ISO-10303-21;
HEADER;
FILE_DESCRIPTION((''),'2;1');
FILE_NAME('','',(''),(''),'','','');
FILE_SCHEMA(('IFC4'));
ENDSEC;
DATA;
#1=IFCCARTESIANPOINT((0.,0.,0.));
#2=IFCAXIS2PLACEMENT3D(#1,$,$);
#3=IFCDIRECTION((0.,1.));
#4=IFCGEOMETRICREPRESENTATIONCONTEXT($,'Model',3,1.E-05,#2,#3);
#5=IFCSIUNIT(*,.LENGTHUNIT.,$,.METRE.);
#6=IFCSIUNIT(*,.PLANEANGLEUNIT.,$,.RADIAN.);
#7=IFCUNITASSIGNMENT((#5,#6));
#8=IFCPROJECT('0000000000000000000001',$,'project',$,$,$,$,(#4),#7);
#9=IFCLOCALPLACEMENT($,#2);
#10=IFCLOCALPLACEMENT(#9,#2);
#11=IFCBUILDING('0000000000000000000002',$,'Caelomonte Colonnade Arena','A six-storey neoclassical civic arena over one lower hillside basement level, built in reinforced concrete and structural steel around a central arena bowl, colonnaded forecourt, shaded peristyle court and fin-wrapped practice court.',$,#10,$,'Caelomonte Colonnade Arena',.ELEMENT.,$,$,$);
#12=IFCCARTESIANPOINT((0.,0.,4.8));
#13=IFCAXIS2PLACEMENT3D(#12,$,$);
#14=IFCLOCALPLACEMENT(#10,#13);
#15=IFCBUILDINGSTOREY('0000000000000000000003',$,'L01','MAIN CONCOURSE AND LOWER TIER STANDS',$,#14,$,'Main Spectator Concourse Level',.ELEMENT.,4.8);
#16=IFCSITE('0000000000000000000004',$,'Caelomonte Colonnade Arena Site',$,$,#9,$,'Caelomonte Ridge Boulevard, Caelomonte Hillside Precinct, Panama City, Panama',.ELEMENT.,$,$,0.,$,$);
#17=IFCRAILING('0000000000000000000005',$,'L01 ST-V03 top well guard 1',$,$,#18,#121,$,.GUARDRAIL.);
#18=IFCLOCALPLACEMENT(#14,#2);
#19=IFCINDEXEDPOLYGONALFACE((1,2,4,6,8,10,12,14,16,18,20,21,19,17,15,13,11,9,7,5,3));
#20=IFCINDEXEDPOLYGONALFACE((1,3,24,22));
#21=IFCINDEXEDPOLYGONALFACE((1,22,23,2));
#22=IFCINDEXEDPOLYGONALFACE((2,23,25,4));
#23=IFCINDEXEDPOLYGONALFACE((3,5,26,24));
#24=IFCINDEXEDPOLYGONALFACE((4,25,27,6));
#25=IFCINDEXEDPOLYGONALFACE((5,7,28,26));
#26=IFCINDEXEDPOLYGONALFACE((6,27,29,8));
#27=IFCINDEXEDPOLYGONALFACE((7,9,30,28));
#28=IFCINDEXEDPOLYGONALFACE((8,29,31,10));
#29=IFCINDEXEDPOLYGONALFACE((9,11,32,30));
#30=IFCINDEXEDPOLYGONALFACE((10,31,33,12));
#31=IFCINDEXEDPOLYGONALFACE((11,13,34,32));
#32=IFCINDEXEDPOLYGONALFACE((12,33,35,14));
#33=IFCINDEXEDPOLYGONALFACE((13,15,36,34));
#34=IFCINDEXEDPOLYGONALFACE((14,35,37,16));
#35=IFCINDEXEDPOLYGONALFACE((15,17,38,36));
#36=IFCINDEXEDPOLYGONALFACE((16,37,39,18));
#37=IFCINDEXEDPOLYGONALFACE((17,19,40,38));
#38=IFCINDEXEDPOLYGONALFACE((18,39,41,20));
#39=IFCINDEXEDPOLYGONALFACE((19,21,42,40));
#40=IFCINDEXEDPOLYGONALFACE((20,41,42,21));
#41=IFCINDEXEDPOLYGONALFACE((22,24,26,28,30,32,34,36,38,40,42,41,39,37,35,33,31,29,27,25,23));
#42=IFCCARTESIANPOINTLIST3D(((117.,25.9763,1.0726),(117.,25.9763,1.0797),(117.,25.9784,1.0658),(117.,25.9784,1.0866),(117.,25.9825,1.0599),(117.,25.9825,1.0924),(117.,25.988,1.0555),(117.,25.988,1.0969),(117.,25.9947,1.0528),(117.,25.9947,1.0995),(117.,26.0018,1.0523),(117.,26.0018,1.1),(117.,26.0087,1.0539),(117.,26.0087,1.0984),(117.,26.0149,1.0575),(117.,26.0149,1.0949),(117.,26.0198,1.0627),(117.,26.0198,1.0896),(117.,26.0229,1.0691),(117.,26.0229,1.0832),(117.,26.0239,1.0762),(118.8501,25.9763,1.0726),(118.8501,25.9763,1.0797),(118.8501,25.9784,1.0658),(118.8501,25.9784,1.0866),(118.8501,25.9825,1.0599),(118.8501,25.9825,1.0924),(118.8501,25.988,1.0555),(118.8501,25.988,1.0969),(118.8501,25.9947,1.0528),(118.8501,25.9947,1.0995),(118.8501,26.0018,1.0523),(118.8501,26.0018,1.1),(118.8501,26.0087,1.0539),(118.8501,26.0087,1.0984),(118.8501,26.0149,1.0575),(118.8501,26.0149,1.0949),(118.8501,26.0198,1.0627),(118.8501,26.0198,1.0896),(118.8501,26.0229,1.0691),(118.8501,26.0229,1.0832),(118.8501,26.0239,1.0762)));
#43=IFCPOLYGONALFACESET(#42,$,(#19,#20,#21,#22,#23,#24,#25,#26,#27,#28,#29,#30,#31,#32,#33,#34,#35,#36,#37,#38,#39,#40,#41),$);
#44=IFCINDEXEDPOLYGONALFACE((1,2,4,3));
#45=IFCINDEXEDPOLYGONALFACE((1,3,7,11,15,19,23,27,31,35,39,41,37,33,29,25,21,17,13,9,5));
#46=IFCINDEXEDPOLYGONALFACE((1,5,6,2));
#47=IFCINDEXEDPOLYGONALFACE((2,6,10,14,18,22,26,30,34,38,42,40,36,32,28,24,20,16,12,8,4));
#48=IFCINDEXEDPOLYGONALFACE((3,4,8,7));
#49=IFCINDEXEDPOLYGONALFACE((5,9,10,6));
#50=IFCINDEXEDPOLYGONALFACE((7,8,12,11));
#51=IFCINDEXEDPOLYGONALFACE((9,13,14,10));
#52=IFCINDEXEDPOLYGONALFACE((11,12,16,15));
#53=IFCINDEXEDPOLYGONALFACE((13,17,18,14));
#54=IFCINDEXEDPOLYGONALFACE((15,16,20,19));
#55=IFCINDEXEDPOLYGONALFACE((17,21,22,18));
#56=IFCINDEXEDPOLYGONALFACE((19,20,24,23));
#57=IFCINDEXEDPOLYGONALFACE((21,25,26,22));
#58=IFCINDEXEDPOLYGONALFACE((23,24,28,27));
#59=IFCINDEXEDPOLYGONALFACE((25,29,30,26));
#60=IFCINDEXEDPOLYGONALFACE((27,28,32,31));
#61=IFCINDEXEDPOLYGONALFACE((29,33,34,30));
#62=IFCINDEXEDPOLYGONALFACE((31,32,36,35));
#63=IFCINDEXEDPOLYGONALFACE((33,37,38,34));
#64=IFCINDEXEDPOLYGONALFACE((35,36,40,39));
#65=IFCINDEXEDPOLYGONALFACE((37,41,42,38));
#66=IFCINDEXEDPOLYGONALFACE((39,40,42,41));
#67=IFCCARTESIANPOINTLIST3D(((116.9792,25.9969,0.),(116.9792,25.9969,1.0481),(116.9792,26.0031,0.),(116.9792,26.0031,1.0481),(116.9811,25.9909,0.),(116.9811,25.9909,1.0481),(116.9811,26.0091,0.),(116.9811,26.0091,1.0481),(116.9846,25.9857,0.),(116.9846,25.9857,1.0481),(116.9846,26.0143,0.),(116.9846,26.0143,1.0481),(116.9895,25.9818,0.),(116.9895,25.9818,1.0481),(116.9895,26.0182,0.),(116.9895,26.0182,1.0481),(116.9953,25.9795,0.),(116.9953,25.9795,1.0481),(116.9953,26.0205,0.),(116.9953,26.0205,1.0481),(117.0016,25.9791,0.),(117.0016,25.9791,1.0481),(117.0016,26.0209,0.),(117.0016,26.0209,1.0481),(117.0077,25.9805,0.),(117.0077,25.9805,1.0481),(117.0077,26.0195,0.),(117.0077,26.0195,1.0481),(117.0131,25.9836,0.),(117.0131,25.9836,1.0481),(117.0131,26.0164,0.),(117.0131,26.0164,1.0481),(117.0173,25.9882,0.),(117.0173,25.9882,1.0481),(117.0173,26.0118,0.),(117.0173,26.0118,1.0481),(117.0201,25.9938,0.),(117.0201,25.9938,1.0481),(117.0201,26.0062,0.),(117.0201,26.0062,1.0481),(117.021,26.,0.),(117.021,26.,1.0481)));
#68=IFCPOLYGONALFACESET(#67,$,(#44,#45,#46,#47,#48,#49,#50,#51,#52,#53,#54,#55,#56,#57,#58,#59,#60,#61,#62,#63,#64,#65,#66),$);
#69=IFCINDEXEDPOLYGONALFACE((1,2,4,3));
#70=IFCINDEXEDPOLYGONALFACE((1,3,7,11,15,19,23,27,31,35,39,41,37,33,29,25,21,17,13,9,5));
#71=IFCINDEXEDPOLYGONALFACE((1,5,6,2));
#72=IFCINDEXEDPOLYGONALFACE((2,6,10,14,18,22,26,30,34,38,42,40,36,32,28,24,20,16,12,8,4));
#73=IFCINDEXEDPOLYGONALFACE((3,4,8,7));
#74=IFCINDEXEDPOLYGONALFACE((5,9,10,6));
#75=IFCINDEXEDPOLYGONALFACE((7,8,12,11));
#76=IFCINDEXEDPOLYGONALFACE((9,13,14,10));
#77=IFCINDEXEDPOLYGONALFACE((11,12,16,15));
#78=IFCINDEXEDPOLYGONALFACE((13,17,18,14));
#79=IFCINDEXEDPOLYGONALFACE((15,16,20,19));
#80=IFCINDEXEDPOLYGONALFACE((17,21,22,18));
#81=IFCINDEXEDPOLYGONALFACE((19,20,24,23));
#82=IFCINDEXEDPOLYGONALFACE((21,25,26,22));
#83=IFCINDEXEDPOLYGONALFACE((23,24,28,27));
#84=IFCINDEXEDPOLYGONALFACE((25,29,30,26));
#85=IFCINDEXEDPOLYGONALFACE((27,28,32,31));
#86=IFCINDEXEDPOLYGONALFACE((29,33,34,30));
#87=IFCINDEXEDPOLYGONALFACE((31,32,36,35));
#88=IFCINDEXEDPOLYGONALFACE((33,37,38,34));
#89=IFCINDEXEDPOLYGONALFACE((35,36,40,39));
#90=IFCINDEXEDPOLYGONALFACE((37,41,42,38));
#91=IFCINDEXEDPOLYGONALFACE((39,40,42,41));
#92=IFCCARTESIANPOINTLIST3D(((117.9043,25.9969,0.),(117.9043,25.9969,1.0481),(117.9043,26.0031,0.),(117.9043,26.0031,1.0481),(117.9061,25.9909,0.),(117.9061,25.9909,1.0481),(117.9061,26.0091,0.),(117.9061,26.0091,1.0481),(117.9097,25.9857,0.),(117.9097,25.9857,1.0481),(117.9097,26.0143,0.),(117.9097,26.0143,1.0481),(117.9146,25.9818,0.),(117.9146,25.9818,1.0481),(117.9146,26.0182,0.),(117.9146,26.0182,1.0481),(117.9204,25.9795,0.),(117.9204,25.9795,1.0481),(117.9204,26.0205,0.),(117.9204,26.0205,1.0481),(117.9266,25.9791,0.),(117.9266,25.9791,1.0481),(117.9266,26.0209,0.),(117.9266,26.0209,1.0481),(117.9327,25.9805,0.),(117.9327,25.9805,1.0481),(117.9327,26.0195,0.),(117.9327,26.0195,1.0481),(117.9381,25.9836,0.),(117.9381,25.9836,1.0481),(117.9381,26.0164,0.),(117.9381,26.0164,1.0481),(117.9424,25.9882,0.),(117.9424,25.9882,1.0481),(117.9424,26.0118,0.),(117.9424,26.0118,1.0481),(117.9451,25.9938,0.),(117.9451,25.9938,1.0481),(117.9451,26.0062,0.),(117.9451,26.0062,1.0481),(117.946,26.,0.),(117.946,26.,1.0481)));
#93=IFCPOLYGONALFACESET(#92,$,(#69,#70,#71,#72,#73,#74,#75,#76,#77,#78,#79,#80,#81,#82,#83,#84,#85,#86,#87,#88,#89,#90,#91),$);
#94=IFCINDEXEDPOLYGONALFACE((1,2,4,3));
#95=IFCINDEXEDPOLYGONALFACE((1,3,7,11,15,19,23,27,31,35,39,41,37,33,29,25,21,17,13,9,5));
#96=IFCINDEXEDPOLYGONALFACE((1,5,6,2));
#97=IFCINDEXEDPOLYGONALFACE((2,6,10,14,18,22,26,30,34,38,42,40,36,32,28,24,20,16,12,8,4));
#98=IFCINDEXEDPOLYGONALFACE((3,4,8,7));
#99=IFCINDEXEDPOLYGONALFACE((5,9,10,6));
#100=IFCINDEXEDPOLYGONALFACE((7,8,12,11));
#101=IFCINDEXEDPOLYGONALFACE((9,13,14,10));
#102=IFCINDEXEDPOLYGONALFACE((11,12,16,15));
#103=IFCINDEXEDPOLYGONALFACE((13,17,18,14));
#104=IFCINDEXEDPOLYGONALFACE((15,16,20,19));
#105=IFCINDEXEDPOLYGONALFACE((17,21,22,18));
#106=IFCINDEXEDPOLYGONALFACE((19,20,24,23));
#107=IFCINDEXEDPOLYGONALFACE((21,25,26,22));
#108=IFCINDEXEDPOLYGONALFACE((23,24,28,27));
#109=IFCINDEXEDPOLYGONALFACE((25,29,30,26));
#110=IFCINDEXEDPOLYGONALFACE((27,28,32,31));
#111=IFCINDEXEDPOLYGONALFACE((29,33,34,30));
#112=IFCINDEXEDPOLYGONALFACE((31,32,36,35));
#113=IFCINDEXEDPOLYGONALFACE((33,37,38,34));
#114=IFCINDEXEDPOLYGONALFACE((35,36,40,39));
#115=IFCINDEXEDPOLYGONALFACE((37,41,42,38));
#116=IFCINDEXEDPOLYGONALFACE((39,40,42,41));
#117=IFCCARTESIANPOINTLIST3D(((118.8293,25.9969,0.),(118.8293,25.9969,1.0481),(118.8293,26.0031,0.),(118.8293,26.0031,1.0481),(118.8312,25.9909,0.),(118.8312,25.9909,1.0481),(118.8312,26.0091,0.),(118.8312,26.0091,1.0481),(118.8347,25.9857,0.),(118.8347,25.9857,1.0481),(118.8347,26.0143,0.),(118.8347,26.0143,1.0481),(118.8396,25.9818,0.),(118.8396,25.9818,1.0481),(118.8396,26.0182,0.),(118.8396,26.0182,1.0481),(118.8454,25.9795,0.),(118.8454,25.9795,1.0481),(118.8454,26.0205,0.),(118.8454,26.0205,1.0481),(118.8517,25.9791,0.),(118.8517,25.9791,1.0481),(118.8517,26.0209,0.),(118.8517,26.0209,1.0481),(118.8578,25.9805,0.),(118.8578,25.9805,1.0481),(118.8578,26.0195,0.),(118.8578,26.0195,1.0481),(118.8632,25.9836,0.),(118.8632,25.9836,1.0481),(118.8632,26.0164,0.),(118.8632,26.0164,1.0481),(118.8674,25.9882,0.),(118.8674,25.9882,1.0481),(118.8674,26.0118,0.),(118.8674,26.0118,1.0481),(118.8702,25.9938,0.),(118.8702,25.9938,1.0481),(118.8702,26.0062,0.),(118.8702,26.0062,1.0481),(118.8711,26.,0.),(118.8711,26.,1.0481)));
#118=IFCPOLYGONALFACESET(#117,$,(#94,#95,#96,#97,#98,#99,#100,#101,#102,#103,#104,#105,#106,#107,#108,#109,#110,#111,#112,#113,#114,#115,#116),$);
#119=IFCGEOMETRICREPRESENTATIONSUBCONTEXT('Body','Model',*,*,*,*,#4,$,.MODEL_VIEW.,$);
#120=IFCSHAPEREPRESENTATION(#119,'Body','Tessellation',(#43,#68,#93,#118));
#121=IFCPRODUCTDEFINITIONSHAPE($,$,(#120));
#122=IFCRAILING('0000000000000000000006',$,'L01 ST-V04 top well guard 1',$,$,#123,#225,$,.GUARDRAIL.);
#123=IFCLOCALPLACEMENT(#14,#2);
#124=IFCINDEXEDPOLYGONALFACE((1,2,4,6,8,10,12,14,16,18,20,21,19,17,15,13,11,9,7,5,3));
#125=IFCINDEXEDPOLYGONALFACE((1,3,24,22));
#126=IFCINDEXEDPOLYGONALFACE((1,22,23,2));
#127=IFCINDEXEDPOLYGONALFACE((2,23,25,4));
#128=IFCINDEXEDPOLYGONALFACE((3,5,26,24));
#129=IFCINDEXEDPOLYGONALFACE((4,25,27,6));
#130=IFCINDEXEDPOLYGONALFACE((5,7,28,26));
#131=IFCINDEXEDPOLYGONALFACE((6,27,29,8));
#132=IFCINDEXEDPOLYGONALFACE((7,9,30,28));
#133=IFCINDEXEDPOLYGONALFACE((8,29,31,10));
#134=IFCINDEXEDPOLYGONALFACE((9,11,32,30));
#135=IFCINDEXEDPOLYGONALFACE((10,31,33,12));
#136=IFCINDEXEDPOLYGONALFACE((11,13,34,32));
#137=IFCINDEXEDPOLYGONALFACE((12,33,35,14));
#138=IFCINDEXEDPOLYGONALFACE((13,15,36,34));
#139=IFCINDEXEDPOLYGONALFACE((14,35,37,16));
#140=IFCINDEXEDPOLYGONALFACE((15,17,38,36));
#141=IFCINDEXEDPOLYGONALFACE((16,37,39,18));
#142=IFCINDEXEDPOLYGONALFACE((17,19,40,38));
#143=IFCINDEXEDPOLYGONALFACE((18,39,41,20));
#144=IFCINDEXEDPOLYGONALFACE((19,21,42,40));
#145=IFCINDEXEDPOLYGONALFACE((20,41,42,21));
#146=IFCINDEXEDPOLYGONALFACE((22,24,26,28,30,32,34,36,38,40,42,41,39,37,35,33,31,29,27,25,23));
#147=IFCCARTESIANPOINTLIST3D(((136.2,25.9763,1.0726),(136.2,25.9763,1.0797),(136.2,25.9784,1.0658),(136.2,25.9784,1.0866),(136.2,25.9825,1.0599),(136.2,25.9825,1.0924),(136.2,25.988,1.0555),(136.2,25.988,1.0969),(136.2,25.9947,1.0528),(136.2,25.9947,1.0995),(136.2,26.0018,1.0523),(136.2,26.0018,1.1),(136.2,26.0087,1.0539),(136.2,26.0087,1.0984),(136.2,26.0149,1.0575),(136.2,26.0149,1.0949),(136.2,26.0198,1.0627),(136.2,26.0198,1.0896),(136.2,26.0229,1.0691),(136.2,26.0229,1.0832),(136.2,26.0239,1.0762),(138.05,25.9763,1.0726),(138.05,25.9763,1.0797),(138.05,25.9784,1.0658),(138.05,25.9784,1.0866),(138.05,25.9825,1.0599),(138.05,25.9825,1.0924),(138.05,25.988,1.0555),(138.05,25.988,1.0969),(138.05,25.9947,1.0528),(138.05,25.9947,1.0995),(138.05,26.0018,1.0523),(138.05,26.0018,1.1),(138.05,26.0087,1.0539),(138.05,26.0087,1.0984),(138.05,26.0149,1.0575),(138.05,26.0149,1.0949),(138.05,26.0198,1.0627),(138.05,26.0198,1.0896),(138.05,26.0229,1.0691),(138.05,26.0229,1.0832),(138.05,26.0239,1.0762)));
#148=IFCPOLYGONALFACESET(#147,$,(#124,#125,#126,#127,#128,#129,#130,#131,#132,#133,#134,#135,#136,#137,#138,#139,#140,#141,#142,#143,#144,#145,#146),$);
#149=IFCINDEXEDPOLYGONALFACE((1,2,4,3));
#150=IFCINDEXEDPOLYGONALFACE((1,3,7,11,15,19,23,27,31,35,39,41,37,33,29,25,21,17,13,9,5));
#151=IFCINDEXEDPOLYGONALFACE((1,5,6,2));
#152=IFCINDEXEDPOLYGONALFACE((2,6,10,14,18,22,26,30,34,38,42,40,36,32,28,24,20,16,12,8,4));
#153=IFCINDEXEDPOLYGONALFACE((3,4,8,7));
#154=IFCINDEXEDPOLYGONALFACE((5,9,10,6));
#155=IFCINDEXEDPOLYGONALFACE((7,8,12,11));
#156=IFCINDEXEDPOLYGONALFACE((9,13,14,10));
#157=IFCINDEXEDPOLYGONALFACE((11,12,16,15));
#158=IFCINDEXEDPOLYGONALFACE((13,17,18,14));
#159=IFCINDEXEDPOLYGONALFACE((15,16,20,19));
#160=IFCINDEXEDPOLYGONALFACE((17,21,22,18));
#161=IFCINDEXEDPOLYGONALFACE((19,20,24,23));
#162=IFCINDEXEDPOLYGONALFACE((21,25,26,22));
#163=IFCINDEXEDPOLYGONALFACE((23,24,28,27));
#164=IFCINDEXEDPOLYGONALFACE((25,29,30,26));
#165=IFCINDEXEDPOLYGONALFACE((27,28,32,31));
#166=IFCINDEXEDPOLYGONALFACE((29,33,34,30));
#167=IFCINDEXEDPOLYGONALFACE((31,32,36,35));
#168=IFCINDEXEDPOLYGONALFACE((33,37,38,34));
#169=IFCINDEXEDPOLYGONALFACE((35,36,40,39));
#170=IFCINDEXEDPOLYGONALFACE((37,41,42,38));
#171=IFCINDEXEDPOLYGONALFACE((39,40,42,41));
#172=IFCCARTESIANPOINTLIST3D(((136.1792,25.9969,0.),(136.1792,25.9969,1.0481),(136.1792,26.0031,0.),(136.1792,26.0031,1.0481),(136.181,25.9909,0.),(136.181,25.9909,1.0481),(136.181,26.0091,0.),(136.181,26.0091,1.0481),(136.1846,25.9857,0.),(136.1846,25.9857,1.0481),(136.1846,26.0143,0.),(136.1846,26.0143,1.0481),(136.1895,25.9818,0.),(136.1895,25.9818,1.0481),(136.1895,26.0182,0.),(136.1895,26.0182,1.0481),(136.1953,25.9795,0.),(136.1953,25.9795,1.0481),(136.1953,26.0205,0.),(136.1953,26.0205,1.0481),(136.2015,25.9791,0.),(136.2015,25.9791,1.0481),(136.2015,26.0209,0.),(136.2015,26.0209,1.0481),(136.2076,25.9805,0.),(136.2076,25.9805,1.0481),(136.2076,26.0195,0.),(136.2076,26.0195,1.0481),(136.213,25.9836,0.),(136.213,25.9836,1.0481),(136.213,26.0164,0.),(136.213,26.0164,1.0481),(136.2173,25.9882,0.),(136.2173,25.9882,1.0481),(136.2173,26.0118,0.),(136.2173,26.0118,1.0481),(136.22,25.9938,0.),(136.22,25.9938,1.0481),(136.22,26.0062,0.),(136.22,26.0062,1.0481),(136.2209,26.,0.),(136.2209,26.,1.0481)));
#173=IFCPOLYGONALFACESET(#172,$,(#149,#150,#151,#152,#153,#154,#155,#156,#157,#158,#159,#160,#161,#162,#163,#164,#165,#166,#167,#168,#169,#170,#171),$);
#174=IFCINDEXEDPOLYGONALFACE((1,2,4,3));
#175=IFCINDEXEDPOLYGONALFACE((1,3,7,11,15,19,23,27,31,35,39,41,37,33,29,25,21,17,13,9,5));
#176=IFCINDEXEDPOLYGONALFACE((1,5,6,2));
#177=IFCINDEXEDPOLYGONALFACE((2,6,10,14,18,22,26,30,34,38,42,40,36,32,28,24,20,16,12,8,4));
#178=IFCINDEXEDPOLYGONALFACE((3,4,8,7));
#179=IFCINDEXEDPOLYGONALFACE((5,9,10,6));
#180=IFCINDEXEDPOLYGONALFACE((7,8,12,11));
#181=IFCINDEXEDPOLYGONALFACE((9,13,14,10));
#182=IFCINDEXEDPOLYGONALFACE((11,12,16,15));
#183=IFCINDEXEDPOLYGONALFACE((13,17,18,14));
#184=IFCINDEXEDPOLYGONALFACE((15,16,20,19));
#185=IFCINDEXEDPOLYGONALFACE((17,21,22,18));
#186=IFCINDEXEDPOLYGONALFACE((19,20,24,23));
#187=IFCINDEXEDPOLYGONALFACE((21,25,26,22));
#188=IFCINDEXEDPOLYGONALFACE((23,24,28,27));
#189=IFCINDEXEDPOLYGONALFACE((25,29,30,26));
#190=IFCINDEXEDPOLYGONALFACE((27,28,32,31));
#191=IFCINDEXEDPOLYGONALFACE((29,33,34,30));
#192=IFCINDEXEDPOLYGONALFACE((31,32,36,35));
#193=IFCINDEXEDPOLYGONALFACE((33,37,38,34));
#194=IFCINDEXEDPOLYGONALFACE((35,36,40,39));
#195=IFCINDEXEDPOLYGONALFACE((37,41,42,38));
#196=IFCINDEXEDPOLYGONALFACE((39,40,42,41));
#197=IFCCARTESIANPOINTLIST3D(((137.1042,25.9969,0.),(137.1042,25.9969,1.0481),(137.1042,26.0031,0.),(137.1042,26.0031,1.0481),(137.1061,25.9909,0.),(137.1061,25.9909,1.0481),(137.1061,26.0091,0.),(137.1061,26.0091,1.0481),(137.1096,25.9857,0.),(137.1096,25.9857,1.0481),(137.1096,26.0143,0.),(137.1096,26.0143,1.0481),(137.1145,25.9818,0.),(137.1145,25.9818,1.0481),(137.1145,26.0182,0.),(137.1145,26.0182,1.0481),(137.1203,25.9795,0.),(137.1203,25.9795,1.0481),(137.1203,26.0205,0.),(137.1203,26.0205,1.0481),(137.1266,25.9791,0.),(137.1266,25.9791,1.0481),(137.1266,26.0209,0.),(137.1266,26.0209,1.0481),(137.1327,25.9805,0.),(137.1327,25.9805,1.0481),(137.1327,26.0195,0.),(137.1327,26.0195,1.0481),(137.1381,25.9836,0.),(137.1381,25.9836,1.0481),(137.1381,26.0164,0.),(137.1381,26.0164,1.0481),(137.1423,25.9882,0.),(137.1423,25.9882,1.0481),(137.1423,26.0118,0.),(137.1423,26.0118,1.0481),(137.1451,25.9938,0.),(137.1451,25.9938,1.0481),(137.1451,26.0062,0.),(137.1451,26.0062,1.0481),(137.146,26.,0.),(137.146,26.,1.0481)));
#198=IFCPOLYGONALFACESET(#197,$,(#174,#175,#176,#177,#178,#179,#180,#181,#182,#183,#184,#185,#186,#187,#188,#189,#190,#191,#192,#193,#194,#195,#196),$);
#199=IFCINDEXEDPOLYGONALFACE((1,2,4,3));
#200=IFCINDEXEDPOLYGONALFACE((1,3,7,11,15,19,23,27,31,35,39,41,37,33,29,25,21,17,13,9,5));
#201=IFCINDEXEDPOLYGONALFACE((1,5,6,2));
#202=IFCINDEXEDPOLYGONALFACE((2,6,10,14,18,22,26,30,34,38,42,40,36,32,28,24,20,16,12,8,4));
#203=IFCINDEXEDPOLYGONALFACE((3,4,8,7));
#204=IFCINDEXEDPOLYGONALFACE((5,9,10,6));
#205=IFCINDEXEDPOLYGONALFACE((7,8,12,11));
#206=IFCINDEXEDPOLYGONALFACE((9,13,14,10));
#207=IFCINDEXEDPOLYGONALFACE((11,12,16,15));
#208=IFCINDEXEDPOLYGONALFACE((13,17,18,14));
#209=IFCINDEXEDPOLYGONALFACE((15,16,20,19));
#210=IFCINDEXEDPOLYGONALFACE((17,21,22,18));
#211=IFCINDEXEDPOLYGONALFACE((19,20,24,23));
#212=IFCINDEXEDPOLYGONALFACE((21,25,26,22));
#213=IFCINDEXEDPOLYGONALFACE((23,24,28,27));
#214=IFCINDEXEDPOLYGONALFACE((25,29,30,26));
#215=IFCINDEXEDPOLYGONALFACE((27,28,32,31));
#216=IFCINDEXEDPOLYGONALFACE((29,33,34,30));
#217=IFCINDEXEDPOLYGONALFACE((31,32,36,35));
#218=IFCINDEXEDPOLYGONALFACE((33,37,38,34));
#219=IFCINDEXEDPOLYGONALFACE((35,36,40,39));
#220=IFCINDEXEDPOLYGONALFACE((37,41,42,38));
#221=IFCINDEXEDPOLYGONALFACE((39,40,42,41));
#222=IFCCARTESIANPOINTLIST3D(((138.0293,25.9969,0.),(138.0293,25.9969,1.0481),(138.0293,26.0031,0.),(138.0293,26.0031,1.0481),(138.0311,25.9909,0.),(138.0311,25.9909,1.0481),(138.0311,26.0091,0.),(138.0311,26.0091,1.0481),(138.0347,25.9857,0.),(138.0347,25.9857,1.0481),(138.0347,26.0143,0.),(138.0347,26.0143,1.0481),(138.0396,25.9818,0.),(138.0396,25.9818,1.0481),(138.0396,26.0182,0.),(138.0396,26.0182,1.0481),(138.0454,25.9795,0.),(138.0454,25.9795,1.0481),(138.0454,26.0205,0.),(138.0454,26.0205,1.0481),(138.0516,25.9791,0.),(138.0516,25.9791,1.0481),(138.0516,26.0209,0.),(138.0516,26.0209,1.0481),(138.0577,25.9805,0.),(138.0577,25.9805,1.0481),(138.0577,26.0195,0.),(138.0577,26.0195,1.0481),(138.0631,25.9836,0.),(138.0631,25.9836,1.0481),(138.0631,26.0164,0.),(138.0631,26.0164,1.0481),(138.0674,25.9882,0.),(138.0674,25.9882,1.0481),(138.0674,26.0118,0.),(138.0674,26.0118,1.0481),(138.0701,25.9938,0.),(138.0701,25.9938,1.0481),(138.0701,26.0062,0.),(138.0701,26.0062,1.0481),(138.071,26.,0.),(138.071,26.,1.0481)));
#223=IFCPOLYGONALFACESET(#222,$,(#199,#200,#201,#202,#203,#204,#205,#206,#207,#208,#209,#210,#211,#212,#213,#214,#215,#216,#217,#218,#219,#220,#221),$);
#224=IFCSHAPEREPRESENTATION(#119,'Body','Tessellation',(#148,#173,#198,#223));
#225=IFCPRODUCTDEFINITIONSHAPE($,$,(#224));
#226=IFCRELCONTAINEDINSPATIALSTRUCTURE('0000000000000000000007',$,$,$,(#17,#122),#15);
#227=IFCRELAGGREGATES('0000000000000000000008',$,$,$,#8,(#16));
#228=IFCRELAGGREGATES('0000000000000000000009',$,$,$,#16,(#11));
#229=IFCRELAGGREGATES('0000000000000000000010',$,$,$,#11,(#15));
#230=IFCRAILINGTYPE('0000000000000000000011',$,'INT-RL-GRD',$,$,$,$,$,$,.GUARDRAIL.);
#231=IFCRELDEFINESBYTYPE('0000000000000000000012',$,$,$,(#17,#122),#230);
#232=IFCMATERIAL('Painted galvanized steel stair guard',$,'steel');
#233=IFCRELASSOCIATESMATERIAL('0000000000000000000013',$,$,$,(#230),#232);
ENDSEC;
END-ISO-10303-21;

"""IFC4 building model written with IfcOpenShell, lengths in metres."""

from ifc_helpers import new_model, si_unit, direction, frame, origin, origin_2d, place, context, subcontext, project, spatial, circle, extrude, material, type_object, element, save


model = new_model("IFC4")

# Units and contexts
model_context = context("Model", 3, precision=1e-05, world=origin(), true_north=direction((0.0, 1.0)))
body_context = subcontext(model_context, "Body", "Model", "MODEL_VIEW")
ifc_project = project(units=[si_unit("LENGTHUNIT", "METRE"), si_unit("PLANEANGLEUNIT", "RADIAN")], contexts=[model_context])

# Site, building, storey
site_placement = place(None, origin())
site = spatial("IfcSite", under=ifc_project, at=site_placement, Name="Caelomonte Colonnade Arena Site", LongName="Caelomonte Ridge Boulevard, Caelomonte Hillside Precinct, Panama City, Panama", CompositionType="ELEMENT", RefElevation=0.0)
building_placement = place(site_placement, origin())
building = spatial("IfcBuilding", under=site, at=building_placement, Name="Caelomonte Colonnade Arena", Description="A six-storey neoclassical civic arena over one lower hillside basement level, built in reinforced concrete and structural steel around a central arena bowl, colonnaded forecourt, shaded peristyle court and fin-wrapped practice court.", LongName="Caelomonte Colonnade Arena", CompositionType="ELEMENT")
storey_placement = place(building_placement, frame((0.0, 0.0, 4.8)))
storey = spatial("IfcBuildingStorey", under=building, at=storey_placement, Name="L01", Description="MAIN CONCOURSE AND LOWER TIER STANDS", LongName="Main Spectator Concourse Level", CompositionType="ELEMENT", Elevation=4.8)

# Railings
ifc_material_1 = material(Name="Painted galvanized steel stair guard", Category="steel")
railing_type_1 = type_object("IfcRailingType", Name="INT-RL-GRD", PredefinedType="GUARDRAIL", material=ifc_material_1)
for number, where, name in (
    (1, (117.0, 26.0, 0.0), "L01 ST-V03 top well guard 1"),
    (2, (136.2, 26.0, 0.0), "L01 ST-V04 top well guard 1"),
):
    element("IfcRailing", number, at=place(storey_placement, frame(where)), inside=storey, type_object=railing_type_1, Name=name, PredefinedType="GUARDRAIL", context=body_context, shape_type="SweptSolid", body=[
        extrude(circle(Radius=0.0239, at=origin_2d()), frame((0.0, 0.0, 1.0762), z_axis=(1.0, 0.0, 0.0), x_axis=(0.0, 1.0, 0.0)), (0.0, 0.0, 1.0), 1.8501),
        extrude(circle(Radius=0.021, at=origin_2d()), origin(), (0.0, 0.0, 1.0), 1.0481),
        extrude(circle(Radius=0.021, at=origin_2d()), frame((0.925, 0.0, 0.0)), (0.0, 0.0, 1.0), 1.0481),
        extrude(circle(Radius=0.021, at=origin_2d()), frame((1.8501, 0.0, 0.0)), (0.0, 0.0, 1.0), 1.0481),
    ])

save(model, "model.ifc")
